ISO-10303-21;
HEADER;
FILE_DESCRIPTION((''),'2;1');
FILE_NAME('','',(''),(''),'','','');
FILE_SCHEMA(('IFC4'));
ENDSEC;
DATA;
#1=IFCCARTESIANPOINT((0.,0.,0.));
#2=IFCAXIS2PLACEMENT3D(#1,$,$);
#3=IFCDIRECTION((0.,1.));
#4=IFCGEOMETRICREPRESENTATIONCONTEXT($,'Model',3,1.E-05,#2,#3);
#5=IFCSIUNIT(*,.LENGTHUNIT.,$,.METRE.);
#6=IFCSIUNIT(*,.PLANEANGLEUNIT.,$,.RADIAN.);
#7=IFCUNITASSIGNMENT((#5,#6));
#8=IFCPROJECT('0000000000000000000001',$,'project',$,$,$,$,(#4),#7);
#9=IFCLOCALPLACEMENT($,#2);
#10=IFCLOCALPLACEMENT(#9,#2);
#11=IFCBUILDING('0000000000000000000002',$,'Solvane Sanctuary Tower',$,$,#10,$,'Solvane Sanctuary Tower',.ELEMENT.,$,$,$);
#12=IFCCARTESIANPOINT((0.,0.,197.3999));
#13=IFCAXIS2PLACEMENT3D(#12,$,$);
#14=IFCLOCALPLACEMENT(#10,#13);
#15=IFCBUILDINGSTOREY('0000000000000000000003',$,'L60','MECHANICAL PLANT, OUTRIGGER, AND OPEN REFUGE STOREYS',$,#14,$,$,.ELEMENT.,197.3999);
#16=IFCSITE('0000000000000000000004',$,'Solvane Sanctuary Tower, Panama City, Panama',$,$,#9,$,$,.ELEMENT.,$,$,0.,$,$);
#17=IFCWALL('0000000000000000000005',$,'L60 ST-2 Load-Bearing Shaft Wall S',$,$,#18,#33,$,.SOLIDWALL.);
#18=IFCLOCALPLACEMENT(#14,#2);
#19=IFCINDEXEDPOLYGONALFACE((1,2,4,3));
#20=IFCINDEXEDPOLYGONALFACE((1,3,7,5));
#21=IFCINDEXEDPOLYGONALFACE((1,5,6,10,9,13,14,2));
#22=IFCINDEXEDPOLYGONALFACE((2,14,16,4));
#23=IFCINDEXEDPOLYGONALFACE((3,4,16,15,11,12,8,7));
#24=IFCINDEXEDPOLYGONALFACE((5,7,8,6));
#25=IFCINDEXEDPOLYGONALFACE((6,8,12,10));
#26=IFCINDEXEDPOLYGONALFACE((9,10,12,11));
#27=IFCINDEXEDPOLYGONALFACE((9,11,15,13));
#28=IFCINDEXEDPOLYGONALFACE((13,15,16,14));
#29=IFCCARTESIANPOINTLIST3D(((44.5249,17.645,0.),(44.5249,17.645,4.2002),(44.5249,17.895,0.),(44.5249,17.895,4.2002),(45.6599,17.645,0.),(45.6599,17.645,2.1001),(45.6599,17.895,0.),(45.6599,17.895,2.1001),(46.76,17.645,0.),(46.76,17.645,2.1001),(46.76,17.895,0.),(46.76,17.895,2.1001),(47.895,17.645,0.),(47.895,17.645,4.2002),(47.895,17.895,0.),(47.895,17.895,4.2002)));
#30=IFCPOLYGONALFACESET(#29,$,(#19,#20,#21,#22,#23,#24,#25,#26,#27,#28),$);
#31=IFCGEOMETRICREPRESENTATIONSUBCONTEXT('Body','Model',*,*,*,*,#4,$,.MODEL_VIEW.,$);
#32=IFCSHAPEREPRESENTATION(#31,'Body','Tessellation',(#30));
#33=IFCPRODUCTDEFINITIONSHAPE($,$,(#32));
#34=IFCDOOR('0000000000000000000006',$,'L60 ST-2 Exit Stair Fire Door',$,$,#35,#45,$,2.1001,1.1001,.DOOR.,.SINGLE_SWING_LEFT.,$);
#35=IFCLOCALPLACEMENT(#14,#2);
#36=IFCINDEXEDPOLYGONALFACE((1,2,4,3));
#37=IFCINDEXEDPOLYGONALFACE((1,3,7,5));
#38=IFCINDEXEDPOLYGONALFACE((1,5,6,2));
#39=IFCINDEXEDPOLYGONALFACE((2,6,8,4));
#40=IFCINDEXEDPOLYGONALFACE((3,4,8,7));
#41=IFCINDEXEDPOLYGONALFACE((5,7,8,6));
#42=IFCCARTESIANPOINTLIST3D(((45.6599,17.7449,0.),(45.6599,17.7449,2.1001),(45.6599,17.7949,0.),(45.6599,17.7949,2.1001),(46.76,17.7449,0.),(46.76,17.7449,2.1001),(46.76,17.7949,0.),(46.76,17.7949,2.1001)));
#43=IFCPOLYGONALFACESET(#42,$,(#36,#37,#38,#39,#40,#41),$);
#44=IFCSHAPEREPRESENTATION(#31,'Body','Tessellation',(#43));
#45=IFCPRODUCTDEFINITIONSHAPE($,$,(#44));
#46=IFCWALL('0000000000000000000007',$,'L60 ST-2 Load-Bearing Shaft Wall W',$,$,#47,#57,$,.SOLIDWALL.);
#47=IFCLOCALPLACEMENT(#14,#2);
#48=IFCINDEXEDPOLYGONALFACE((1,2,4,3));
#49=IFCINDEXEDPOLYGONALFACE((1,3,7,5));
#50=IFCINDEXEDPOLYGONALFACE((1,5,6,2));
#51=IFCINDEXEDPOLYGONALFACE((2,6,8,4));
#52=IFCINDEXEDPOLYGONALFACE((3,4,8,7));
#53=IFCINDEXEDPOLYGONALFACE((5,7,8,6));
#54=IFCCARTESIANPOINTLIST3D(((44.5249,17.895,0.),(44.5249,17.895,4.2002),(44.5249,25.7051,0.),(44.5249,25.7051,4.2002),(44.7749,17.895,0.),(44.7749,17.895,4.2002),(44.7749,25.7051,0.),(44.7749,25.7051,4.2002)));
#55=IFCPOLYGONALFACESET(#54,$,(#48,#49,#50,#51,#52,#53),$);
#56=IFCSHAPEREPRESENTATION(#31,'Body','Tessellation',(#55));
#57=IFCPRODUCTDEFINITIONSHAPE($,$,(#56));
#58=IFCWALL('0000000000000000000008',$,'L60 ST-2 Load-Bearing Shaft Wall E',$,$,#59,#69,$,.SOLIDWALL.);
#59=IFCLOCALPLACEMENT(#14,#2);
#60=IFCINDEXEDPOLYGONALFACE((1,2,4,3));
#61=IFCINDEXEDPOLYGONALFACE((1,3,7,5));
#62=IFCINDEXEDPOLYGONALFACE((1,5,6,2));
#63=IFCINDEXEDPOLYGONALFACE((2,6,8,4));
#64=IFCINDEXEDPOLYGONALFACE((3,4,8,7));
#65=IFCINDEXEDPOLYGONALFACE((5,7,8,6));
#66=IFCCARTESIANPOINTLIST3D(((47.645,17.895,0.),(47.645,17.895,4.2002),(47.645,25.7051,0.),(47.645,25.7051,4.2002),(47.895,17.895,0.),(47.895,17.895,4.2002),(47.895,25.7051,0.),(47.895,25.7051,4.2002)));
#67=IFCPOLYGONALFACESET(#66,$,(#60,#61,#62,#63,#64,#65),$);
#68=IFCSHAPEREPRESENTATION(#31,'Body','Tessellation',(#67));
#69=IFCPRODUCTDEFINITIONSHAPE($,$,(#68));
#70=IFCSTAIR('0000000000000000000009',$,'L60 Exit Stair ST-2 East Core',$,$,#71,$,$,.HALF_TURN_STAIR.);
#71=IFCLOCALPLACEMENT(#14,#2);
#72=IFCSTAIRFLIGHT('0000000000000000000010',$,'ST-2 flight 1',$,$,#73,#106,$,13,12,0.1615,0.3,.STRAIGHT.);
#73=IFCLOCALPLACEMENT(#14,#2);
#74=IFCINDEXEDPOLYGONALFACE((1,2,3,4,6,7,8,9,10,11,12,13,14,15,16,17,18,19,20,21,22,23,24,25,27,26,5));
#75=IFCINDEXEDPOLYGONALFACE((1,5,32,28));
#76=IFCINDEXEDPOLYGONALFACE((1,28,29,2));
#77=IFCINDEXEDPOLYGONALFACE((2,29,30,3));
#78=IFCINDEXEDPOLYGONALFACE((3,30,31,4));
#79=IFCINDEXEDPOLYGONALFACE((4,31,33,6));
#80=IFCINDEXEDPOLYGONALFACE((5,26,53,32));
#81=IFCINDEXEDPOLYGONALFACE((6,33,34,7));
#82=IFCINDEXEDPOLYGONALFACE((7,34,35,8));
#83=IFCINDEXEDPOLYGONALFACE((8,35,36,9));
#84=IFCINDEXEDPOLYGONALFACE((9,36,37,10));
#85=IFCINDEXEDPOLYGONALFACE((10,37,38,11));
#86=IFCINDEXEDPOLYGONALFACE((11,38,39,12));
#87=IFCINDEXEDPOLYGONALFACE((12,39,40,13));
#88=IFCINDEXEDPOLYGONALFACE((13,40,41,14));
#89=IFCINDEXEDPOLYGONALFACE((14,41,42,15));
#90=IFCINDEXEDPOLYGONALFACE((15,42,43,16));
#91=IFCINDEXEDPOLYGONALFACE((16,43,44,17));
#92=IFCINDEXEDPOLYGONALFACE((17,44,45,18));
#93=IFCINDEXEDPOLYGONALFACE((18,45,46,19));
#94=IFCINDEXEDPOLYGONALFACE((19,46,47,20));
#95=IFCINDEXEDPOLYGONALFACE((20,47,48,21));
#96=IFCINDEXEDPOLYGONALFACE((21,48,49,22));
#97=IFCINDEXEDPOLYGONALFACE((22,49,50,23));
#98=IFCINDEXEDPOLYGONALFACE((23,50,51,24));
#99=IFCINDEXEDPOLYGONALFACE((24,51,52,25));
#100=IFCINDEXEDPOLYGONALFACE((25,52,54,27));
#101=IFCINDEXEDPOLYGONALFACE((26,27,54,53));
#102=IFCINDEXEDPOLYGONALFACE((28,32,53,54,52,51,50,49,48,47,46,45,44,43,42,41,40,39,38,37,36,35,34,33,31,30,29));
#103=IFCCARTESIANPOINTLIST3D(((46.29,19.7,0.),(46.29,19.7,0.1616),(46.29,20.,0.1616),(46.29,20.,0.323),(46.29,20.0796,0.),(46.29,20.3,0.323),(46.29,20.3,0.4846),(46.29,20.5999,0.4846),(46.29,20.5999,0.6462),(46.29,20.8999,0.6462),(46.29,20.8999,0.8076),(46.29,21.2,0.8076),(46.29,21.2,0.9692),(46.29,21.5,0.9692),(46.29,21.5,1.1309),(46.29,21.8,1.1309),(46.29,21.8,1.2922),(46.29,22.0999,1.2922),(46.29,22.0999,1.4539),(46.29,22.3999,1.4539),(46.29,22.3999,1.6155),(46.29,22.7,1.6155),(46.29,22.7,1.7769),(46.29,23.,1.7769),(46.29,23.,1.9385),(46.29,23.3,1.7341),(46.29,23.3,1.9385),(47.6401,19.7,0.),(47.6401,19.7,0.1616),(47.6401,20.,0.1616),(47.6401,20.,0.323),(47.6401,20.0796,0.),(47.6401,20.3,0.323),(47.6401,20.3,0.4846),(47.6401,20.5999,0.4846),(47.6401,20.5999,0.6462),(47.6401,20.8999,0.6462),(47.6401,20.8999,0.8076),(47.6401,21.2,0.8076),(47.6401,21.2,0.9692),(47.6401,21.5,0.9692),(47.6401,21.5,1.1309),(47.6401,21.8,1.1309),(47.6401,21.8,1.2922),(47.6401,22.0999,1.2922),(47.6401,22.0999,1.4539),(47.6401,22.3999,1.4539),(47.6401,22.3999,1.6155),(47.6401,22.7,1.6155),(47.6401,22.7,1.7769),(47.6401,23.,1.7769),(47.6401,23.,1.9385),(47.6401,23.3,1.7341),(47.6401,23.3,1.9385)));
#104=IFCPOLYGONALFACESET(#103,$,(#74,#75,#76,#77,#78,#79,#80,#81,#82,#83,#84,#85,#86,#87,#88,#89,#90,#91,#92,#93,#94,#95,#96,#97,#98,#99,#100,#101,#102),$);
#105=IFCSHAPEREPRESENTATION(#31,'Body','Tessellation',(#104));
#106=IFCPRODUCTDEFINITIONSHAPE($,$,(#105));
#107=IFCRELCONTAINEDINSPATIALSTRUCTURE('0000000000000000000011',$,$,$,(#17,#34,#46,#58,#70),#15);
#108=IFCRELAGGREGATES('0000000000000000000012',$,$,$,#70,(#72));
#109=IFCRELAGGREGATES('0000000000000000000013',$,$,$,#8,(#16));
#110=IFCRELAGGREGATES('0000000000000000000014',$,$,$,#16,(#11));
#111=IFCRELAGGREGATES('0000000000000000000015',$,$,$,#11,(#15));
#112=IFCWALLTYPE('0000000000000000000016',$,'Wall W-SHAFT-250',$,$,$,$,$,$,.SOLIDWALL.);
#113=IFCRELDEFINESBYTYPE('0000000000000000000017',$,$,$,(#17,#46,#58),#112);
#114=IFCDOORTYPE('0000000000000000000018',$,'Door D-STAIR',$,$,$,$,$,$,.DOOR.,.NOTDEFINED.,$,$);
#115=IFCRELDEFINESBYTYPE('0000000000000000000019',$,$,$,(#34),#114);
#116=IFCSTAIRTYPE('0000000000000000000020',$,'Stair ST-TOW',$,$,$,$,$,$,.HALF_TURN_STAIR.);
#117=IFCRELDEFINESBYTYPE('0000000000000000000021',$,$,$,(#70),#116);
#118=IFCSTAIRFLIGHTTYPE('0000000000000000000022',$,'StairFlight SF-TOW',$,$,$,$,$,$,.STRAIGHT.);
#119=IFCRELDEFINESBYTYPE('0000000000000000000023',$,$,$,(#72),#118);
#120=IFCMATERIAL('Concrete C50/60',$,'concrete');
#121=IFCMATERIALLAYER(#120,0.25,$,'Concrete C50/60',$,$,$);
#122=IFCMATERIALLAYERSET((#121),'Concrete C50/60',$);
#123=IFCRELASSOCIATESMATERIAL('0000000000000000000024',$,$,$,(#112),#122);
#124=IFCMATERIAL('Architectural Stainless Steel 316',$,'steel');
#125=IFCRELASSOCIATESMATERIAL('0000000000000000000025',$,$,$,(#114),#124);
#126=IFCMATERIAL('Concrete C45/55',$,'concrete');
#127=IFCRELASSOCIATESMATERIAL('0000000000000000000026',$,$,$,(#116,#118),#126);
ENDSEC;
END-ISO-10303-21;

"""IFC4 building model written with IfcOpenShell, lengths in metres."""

from ifc_helpers import new_model, si_unit, direction, frame, frame_2d, origin, place, context, subcontext, project, spatial, polyline, rectangle, outline, extrude, material, layer, layer_set, type_object, element, fill, aggregate, save


model = new_model("IFC4")

# Units and contexts
model_context = context("Model", 3, precision=1e-05, world=origin(), true_north=direction((0.0, 1.0)))
body_context = subcontext(model_context, "Body", "Model", "MODEL_VIEW")
ifc_project = project(units=[si_unit("LENGTHUNIT", "METRE"), si_unit("PLANEANGLEUNIT", "RADIAN")], contexts=[model_context])

# Site, building, storey
site_placement = place(None, origin())
site = spatial("IfcSite", under=ifc_project, at=site_placement, Name="Solvane Sanctuary Tower, Panama City, Panama", CompositionType="ELEMENT", RefElevation=0.0)
building_placement = place(site_placement, origin())
building = spatial("IfcBuilding", under=site, at=building_placement, Name="Solvane Sanctuary Tower", LongName="Solvane Sanctuary Tower", CompositionType="ELEMENT")
storey_placement = place(building_placement, frame((0.0, 0.0, 197.3999)))
storey = spatial("IfcBuildingStorey", under=building, at=storey_placement, Name="L60", Description="MECHANICAL PLANT, OUTRIGGER, AND OPEN REFUGE STOREYS", CompositionType="ELEMENT", Elevation=197.3999)

# Shared definitions
ifc_material_1 = material(Name="Architectural Stainless Steel 316", Category="steel")

# Shared definitions
ifc_material_2 = material(Name="Concrete C50/60", Category="concrete")

# Wall, opening, door
ifc_layer_1 = layer(ifc_material_2, 0.25, Name="Concrete C50/60")
ifc_layer_set_1 = layer_set([ifc_layer_1], Name="Concrete C50/60")
wall_type_1 = type_object("IfcWallType", Name="Wall W-SHAFT-250", PredefinedType="SOLIDWALL", material=ifc_layer_set_1)
wall_1_placement = place(storey_placement, frame((44.5249, 17.77, 0.0), z_axis=(0.0, 0.0, 1.0), x_axis=(1.0, 0.0, 0.0)))
wall_1 = element("IfcWall", 1, at=wall_1_placement, inside=storey, type_object=wall_type_1, Name="L60 ST-2 Load-Bearing Shaft Wall S", PredefinedType="SOLIDWALL", context=body_context, shape_type="SweptSolid", body=[
    extrude(rectangle(XDim=3.3701, YDim=0.25, at=frame_2d((1.6851, 0.0))), origin(), (0.0, 0.0, 1.0), 4.2002),
])
opening_1_placement = place(wall_1_placement, frame((1.135, 0.0, 0.0)))
opening_1 = element("IfcOpeningElement", 2, at=opening_1_placement, cuts=wall_1, PredefinedType="OPENING", context=body_context, shape_type="SweptSolid", body=[
    extrude(rectangle(XDim=1.1001, YDim=2.1001, at=frame_2d((0.55, 1.05))), frame((0.0, 0.135, 0.0), z_axis=(0.0, -1.0, 0.0), x_axis=(1.0, 0.0, 0.0)), (0.0, 0.0, 1.0), 0.27),
])
door_type_1 = type_object("IfcDoorType", Name="Door D-STAIR", OperationType="NOTDEFINED", PredefinedType="DOOR", material=ifc_material_1)
door_1_placement = place(opening_1_placement, origin())
door_1 = element("IfcDoor", 3, at=door_1_placement, inside=storey, type_object=door_type_1, Name="L60 ST-2 Exit Stair Fire Door", OperationType="SINGLE_SWING_LEFT", OverallHeight=2.1001, OverallWidth=1.1001, PredefinedType="DOOR", context=body_context, shape_type="SweptSolid", body=[
    extrude(rectangle(XDim=1.1001, YDim=2.1001, at=frame_2d((0.55, 1.05))), frame((0.0, 0.0249, 0.0), z_axis=(0.0, -1.0, 0.0), x_axis=(1.0, 0.0, 0.0)), (0.0, 0.0, 1.0), 0.05),
])
fill(opening_1, door_1)

# Walls
for number, where, z_axis, x_axis, name in (
    (4, (44.6499, 17.895, 0.0), (0.0, 0.0, 1.0), (0.0, 1.0, 0.0), "L60 ST-2 Load-Bearing Shaft Wall W"),
    (5, (47.77, 17.895, 0.0), (0.0, 0.0, 1.0), (0.0, 1.0, 0.0), "L60 ST-2 Load-Bearing Shaft Wall E"),
):
    element("IfcWall", number, at=place(storey_placement, frame(where, z_axis=z_axis, x_axis=x_axis)), inside=storey, type_object=wall_type_1, Name=name, PredefinedType="SOLIDWALL", context=body_context, shape_type="SweptSolid", body=[
        extrude(rectangle(XDim=7.8101, YDim=0.25, at=frame_2d((3.905, 0.0))), origin(), (0.0, 0.0, 1.0), 4.2002),
    ])

# Stair, stair flight
ifc_material_3 = material(Name="Concrete C45/55", Category="concrete")
stair_type = type_object("IfcStairType", Name="Stair ST-TOW", PredefinedType="HALF_TURN_STAIR", material=ifc_material_3)
stair_placement = place(storey_placement, origin())
stair = element("IfcStair", 6, at=stair_placement, inside=storey, type_object=stair_type, Name="L60 Exit Stair ST-2 East Core", PredefinedType="HALF_TURN_STAIR")
stair_flight_type = type_object("IfcStairFlightType", Name="StairFlight SF-TOW", PredefinedType="STRAIGHT", material=ifc_material_3)
stair_flight_placement = place(storey_placement, frame((46.9651, 19.7, 0.0), z_axis=(0.0, 0.0, 1.0), x_axis=(0.0, 1.0, 0.0)))
stair_flight = element("IfcStairFlight", 7, at=stair_flight_placement, type_object=stair_flight_type, Name="ST-2 flight 1", NumberOfRisers=13, NumberOfTreads=12, PredefinedType="STRAIGHT", RiserHeight=0.1615, TreadLength=0.3, context=body_context, shape_type="SweptSolid", body=[
    extrude(outline(polyline([(0.0, 0.0), (0.0, 0.1616), (0.3, 0.1616), (0.3, 0.323), (0.6001, 0.323), (0.6001, 0.4846), (0.8999, 0.4846), (0.8999, 0.6462), (1.2, 0.6462), (1.2, 0.8076), (1.5, 0.8076), (1.5, 0.9692), (1.8, 0.9692), (1.8, 1.1309), (2.1001, 1.1309), (2.1001, 1.2922), (2.3999, 1.2922), (2.3999, 1.4539), (2.7, 1.4539), (2.7, 1.6155), (3.0, 1.6155), (3.0, 1.7769), (3.3, 1.7769), (3.3, 1.9385), (3.6001, 1.9385), (3.6001, 2.1001), (3.6001, 1.7341), (0.3796, 0.0), (0.0, 0.0)])), frame((0.0, 0.675, 0.0), z_axis=(0.0, -1.0, 0.0), x_axis=(1.0, 0.0, 0.0)), (0.0, 0.0, 1.0), 1.3501),
])
aggregate(stair, [stair_flight])

save(model, "model.ifc")
